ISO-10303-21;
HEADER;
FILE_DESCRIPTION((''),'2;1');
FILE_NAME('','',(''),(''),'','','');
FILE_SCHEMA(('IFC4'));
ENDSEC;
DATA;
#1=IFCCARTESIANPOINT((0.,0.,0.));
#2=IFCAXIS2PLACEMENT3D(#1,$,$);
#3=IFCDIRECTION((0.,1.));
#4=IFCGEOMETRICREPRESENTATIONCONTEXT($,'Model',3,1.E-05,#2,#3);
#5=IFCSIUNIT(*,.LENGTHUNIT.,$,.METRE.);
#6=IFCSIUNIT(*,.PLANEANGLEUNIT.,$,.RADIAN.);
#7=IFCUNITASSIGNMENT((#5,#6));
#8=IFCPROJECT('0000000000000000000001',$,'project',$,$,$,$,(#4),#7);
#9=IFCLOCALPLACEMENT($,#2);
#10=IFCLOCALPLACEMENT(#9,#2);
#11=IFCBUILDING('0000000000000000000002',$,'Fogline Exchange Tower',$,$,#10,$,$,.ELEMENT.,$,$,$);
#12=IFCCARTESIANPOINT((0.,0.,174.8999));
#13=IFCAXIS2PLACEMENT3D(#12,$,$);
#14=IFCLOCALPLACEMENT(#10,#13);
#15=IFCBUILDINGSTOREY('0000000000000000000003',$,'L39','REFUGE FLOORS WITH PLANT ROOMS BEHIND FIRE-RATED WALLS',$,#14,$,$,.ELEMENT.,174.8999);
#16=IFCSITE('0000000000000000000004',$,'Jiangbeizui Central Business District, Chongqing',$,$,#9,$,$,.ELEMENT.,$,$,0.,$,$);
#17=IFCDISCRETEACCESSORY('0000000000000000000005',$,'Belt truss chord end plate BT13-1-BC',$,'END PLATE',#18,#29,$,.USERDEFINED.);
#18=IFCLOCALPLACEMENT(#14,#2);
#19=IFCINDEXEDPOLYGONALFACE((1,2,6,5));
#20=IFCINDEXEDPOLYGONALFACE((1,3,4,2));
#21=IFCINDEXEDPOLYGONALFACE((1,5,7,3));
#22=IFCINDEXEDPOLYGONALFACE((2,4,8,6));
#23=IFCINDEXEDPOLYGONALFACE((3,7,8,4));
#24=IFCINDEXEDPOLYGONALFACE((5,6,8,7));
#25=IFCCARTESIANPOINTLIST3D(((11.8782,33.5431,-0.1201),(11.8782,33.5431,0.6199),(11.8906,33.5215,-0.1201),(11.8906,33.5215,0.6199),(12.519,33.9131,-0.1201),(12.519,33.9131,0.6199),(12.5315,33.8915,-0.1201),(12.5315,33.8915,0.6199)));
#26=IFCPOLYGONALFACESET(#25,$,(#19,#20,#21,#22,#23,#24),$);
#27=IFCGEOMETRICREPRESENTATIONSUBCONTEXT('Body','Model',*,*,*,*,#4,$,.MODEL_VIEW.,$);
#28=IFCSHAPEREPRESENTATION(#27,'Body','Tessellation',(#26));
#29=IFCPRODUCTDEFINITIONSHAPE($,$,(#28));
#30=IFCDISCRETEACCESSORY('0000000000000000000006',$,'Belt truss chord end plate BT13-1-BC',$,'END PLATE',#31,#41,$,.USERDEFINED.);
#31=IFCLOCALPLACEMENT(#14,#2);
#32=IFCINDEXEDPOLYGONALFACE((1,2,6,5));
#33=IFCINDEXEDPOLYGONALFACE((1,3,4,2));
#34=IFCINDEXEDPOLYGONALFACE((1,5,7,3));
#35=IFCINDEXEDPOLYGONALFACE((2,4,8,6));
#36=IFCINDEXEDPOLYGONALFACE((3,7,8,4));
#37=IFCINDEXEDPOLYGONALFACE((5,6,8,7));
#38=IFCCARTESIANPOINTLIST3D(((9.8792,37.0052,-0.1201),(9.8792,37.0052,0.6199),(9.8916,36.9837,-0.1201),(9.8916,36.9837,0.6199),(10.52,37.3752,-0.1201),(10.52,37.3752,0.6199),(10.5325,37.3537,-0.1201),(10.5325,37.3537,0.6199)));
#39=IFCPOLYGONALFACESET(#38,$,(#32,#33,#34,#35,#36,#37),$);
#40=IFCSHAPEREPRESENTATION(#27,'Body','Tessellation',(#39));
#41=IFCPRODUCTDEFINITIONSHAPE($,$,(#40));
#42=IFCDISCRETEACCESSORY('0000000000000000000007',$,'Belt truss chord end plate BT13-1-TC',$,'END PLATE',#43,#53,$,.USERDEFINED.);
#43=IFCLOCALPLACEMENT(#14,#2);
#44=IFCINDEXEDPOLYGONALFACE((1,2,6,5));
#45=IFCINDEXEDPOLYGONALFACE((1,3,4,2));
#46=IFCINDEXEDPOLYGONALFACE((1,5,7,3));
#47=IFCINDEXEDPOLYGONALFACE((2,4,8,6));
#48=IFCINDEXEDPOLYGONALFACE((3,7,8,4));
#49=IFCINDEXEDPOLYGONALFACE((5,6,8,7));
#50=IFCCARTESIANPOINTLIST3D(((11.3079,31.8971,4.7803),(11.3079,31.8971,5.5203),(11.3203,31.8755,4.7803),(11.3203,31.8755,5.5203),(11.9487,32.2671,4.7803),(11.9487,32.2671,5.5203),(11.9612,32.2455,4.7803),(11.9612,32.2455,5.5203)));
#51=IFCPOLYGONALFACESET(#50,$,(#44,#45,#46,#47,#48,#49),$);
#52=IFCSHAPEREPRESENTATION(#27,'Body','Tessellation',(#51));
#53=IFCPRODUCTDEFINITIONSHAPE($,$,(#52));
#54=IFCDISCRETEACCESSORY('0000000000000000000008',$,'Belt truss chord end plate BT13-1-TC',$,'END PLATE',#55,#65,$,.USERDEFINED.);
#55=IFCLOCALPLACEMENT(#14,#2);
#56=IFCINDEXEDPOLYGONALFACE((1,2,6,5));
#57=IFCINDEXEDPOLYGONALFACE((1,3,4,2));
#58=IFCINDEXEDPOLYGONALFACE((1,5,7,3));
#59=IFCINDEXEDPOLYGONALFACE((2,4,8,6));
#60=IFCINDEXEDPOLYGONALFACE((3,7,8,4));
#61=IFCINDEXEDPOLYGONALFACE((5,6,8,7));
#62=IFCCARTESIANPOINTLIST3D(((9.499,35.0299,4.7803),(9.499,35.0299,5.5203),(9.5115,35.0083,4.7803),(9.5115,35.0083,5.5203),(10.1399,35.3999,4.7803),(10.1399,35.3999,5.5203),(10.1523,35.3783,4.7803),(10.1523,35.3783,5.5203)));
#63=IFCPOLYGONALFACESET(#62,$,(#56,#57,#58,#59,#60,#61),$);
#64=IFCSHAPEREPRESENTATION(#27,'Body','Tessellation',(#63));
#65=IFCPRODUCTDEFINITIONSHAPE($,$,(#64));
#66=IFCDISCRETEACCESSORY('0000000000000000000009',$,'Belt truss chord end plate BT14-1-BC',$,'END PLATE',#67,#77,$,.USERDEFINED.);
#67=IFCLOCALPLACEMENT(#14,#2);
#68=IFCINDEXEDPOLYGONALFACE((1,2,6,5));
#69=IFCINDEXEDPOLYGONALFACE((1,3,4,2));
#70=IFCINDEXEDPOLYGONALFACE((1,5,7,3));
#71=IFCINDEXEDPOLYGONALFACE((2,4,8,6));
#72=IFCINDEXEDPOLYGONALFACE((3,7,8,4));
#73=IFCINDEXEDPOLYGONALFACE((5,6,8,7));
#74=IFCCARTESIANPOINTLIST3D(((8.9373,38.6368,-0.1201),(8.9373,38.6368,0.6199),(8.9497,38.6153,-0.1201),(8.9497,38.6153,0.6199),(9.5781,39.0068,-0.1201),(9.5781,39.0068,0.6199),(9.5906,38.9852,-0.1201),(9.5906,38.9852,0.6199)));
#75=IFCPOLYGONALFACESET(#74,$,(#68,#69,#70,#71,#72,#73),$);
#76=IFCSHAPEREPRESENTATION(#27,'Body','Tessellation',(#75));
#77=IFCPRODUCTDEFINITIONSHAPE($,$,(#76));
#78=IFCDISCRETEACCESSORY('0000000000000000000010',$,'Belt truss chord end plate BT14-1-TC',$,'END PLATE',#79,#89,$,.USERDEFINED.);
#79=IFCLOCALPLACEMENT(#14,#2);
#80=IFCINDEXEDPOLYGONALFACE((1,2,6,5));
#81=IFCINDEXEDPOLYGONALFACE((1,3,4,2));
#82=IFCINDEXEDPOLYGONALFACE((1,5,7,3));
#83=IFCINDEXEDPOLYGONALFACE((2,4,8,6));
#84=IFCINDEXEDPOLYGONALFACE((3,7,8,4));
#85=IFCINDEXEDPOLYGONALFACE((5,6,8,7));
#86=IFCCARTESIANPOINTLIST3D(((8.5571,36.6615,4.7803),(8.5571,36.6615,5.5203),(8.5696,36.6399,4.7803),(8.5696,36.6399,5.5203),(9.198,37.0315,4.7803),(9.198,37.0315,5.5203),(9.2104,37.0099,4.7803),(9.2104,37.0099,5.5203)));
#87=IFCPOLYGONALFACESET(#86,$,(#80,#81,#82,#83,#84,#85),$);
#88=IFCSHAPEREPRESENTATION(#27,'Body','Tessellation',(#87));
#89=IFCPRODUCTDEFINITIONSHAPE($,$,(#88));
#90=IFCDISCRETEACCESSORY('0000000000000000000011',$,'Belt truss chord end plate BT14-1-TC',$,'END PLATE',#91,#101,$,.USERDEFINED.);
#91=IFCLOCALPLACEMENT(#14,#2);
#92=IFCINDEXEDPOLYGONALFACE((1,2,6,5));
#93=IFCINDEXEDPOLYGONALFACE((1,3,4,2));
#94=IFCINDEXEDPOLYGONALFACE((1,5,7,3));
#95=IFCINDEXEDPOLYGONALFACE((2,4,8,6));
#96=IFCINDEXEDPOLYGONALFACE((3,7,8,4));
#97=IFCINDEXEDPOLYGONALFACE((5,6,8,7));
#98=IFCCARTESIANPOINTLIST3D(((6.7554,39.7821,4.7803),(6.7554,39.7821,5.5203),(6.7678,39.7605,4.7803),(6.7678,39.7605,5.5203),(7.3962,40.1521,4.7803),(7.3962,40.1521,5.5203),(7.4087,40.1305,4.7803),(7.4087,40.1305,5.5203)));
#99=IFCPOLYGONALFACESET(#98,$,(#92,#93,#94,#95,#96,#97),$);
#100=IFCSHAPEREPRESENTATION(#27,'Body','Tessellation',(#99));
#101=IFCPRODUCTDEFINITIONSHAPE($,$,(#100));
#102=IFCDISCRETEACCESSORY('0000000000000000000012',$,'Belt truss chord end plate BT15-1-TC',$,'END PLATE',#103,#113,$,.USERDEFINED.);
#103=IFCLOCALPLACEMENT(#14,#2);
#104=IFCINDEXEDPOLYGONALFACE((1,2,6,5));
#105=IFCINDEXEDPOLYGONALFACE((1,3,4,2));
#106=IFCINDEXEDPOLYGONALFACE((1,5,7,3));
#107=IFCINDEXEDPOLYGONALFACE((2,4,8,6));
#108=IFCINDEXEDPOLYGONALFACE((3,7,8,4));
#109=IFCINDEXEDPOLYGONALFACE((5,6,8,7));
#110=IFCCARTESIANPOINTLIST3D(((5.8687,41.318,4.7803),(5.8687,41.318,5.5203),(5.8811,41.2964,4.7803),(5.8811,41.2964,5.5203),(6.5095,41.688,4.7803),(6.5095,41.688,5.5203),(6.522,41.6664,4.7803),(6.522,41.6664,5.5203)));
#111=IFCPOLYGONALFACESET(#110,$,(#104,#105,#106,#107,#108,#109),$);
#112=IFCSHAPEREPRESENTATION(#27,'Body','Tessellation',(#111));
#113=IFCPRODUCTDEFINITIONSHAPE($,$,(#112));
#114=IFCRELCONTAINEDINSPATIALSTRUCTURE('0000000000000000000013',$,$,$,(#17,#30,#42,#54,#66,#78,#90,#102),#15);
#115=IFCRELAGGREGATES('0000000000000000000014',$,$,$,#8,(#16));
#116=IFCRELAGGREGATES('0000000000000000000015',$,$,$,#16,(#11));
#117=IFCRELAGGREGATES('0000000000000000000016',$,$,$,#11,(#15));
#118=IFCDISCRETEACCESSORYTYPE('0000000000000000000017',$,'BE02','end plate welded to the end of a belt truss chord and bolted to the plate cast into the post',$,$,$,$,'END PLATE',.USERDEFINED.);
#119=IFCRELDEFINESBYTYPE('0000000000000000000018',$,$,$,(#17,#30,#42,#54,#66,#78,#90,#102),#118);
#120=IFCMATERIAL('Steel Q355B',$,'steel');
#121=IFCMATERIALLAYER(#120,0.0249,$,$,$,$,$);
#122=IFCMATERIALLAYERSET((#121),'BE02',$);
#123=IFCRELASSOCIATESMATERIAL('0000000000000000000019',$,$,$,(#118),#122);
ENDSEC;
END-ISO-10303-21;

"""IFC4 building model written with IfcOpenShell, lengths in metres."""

from ifc_helpers import new_model, si_unit, direction, frame, origin, origin_2d, place, context, subcontext, project, spatial, rectangle, extrude, material, layer, layer_set, type_object, element, save


model = new_model("IFC4")

# Units and contexts
model_context = context("Model", 3, precision=1e-05, world=origin(), true_north=direction((0.0, 1.0)))
body_context = subcontext(model_context, "Body", "Model", "MODEL_VIEW")
ifc_project = project(units=[si_unit("LENGTHUNIT", "METRE"), si_unit("PLANEANGLEUNIT", "RADIAN")], contexts=[model_context])

# Site, building, storey
site_placement = place(None, origin())
site = spatial("IfcSite", under=ifc_project, at=site_placement, Name="Jiangbeizui Central Business District, Chongqing", CompositionType="ELEMENT", RefElevation=0.0)
building_placement = place(site_placement, origin())
building = spatial("IfcBuilding", under=site, at=building_placement, Name="Fogline Exchange Tower", CompositionType="ELEMENT")
storey_placement = place(building_placement, frame((0.0, 0.0, 174.8999)))
storey = spatial("IfcBuildingStorey", under=building, at=storey_placement, Name="L39", Description="REFUGE FLOORS WITH PLANT ROOMS BEHIND FIRE-RATED WALLS", CompositionType="ELEMENT", Elevation=174.8999)

# Shared definitions
ifc_material_1 = material(Name="Steel Q355B", Category="steel")

# Discrete accessories
ifc_layer_1 = layer(ifc_material_1, 0.0249)
ifc_layer_set_1 = layer_set([ifc_layer_1], Name="BE02")
discrete_accessory_type = type_object("IfcDiscreteAccessoryType", Name="BE02", Description="end plate welded to the end of a belt truss chord and bolted to the plate cast into the post", ElementType="END PLATE", PredefinedType="USERDEFINED", material=ifc_layer_set_1)
for number, where, z_axis, x_axis, name in (
    (1, (12.2048, 33.7173, -0.1201), (0.0, 0.0, 1.0), (0.5, -0.866025, 0.0), "Belt truss chord end plate BT13-1-BC"),
    (2, (10.2058, 37.1794, -0.1201), (0.0, 0.0, 1.0), (-0.5, 0.866025, 0.0), "Belt truss chord end plate BT13-1-BC"),
    (3, (11.6345, 32.0713, 4.7803), (0.0, 0.0, 1.0), (0.5, -0.866025, 0.0), "Belt truss chord end plate BT13-1-TC"),
    (4, (9.8257, 35.2041, 4.7803), (0.0, 0.0, 1.0), (-0.5, 0.866025, 0.0), "Belt truss chord end plate BT13-1-TC"),
    (5, (9.2639, 38.811, -0.1201), (0.0, 0.0, 1.0), (0.5, -0.866025, 0.0), "Belt truss chord end plate BT14-1-BC"),
    (6, (8.8838, 36.8357, 4.7803), (0.0, 0.0, 1.0), (0.5, -0.866025, 0.0), "Belt truss chord end plate BT14-1-TC"),
    (7, (7.082, 39.9563, 4.7803), (0.0, 0.0, 1.0), (-0.5, 0.866025, 0.0), "Belt truss chord end plate BT14-1-TC"),
    (8, (6.1953, 41.4922, 4.7803), (0.0, 0.0, 1.0), (0.5, -0.866025, 0.0), "Belt truss chord end plate BT15-1-TC"),
):
    element("IfcDiscreteAccessory", number, at=place(storey_placement, frame(where, z_axis=z_axis, x_axis=x_axis)), inside=storey, type_object=discrete_accessory_type, Name=name, ObjectType="END PLATE", PredefinedType="USERDEFINED", context=body_context, shape_type="SweptSolid", body=[
        extrude(rectangle(XDim=0.0249, YDim=0.74, at=origin_2d()), origin(), (0.0, 0.0, 1.0), 0.74),
    ])

save(model, "model.ifc")
